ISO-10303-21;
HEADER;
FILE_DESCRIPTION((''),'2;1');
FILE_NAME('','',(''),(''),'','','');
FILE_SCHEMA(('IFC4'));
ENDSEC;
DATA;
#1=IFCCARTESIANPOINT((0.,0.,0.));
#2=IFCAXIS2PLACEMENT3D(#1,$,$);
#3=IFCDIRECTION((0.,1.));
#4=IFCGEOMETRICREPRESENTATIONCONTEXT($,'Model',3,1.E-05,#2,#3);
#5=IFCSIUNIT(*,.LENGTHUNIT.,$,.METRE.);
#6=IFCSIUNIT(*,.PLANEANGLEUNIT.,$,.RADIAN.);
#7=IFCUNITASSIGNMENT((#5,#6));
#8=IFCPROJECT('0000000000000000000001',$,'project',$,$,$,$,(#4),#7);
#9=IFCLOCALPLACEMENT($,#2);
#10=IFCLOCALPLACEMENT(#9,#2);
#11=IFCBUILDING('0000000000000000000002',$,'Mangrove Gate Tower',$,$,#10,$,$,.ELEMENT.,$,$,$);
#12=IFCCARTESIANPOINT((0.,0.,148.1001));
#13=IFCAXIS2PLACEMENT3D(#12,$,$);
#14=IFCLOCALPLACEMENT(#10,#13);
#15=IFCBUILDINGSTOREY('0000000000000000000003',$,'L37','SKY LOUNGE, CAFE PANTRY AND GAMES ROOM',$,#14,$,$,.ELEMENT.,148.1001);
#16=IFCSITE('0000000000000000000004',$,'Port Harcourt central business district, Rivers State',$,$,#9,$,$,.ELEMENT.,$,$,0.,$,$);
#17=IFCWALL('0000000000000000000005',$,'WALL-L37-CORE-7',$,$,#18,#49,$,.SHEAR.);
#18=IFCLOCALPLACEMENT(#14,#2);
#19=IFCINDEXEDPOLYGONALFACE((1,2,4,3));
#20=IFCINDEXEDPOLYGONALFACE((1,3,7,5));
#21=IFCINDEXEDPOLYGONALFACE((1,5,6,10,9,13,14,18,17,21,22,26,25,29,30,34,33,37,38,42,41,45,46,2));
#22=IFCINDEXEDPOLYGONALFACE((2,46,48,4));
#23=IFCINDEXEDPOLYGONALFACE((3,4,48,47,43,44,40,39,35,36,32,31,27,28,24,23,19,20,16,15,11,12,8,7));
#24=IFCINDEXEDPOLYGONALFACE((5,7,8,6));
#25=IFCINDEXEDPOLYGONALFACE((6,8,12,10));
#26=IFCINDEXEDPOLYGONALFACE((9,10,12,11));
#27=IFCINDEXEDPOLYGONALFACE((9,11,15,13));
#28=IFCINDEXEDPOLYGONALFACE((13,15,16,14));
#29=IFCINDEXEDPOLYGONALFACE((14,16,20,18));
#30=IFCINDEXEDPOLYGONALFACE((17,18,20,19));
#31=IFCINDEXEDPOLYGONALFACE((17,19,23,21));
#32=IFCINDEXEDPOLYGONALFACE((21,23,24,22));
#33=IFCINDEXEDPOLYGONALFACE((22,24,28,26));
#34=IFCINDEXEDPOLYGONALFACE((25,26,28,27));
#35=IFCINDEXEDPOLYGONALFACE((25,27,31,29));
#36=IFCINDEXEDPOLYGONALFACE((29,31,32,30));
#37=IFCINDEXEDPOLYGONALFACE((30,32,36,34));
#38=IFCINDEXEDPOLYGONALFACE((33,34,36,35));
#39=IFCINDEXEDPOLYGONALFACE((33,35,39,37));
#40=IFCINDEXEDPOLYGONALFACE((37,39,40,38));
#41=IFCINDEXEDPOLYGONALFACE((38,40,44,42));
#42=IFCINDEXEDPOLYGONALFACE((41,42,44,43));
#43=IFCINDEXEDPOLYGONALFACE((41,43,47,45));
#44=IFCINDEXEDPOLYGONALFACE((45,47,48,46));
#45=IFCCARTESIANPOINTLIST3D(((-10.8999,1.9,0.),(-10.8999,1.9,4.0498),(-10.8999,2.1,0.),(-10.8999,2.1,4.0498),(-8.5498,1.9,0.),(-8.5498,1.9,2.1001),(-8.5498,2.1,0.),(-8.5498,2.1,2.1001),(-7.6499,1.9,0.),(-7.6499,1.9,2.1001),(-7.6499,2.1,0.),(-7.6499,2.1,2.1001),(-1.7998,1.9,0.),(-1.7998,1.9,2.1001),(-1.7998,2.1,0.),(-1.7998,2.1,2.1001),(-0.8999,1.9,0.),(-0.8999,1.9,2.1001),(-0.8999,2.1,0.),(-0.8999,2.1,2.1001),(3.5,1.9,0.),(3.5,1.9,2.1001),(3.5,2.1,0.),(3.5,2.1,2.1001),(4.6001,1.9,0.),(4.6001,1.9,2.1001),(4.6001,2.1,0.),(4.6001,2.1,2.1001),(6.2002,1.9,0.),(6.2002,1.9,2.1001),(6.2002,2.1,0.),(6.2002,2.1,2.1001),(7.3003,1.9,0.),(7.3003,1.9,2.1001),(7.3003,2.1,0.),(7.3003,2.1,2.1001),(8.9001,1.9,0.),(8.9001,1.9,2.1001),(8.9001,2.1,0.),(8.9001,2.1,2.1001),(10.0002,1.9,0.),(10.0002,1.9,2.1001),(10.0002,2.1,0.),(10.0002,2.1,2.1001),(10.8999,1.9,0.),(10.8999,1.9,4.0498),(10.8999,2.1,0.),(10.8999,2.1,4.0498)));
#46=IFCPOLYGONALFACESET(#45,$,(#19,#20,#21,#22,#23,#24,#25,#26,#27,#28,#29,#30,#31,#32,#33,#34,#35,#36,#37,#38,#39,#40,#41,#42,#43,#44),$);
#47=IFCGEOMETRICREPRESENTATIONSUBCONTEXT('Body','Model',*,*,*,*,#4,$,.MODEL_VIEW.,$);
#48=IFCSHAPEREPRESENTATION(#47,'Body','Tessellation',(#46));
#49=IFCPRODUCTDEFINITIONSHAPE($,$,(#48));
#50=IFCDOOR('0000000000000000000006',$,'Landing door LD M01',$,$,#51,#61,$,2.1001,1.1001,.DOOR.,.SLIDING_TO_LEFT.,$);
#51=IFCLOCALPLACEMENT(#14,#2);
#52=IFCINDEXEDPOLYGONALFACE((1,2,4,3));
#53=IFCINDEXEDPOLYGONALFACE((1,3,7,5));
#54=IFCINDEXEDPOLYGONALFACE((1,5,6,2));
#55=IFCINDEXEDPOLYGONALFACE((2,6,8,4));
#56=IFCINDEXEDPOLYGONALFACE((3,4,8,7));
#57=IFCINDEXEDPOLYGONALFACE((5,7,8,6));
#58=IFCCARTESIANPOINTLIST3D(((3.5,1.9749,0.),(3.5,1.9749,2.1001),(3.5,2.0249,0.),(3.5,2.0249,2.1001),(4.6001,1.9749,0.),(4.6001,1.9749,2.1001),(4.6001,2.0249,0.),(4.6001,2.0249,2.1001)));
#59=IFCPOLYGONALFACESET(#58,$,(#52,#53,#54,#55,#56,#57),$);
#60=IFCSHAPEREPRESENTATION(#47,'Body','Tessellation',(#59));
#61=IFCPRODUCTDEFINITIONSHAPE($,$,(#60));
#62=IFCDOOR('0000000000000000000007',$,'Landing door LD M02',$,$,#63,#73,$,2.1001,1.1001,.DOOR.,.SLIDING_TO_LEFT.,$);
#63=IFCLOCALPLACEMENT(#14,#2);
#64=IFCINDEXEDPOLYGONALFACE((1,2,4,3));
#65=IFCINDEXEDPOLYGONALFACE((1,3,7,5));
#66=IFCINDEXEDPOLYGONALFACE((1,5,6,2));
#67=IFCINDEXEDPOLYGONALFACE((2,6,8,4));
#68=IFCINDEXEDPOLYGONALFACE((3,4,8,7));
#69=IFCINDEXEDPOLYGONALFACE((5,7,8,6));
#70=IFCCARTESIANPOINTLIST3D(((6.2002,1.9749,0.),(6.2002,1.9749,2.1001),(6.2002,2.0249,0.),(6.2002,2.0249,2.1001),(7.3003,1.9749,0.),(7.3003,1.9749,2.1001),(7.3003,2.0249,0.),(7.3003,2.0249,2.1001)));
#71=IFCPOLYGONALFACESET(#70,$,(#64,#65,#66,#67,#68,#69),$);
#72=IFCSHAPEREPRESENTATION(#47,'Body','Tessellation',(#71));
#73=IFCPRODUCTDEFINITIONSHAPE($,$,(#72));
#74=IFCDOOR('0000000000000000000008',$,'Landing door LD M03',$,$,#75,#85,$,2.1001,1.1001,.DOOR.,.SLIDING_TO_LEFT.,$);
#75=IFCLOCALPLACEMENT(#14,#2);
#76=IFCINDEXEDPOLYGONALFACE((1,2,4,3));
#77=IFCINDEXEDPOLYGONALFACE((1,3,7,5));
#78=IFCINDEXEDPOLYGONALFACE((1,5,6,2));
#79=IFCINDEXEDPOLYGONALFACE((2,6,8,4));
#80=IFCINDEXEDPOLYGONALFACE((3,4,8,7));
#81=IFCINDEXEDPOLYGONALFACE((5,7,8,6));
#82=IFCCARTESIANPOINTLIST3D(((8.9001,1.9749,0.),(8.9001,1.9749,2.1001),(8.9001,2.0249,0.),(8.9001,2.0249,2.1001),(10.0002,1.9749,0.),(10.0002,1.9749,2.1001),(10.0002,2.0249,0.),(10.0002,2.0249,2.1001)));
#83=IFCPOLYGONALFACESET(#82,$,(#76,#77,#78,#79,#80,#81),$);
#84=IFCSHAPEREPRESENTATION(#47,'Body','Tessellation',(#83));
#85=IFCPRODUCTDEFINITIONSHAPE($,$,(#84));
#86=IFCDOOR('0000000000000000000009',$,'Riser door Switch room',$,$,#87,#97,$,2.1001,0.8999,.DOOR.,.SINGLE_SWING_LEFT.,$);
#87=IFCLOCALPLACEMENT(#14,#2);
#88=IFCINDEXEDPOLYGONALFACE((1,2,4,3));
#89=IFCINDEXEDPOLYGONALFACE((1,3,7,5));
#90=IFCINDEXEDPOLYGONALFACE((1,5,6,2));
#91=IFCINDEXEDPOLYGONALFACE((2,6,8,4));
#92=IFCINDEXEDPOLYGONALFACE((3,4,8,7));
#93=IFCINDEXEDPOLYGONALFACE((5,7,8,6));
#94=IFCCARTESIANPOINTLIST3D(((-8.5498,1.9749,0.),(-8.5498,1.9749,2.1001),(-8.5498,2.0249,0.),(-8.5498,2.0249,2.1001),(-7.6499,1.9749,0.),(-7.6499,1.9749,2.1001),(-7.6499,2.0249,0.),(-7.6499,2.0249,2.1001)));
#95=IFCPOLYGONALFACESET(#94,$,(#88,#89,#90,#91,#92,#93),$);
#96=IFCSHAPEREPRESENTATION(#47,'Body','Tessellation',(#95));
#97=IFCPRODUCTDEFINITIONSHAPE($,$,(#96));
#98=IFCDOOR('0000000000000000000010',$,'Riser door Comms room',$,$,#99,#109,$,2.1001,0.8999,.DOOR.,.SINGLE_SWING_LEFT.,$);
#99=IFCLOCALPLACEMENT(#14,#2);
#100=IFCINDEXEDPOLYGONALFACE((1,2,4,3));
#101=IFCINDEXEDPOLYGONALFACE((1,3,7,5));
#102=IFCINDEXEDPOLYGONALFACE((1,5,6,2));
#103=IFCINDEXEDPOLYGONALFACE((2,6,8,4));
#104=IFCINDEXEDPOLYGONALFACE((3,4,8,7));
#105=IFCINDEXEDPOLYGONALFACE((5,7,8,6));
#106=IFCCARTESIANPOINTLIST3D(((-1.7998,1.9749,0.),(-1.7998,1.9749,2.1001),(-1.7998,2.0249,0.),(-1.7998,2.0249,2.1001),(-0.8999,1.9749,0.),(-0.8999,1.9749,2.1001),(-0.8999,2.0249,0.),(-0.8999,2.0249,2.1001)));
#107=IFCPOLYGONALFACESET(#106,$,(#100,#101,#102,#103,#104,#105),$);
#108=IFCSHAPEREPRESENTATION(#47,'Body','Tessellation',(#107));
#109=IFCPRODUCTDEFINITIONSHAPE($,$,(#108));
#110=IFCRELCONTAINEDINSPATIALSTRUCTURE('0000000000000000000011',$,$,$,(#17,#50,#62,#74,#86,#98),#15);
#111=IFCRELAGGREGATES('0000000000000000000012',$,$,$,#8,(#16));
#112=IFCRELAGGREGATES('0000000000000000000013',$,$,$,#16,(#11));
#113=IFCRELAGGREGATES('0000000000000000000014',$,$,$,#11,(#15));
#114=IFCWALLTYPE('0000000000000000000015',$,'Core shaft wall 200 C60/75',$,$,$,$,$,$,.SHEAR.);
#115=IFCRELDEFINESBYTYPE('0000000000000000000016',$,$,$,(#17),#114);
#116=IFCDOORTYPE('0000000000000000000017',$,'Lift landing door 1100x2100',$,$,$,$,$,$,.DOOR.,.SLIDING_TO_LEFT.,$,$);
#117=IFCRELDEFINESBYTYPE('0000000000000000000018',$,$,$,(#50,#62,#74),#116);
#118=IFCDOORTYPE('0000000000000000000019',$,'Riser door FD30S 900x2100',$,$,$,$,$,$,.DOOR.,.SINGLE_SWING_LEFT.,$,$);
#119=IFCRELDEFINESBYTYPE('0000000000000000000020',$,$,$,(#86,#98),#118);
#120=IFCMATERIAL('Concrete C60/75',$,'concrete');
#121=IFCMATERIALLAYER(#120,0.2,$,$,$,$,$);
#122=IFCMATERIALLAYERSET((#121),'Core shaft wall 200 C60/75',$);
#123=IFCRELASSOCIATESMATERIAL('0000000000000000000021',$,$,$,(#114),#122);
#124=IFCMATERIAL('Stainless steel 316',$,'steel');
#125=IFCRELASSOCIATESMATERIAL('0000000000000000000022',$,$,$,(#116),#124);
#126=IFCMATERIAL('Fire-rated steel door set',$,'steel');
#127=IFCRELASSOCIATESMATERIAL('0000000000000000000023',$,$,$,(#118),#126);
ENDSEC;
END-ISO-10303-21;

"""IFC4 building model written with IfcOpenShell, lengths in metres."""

from ifc_helpers import new_model, si_unit, direction, frame, frame_2d, origin, place, context, subcontext, project, spatial, rectangle, extrude, material, layer, layer_set, type_object, element, fill, save


model = new_model("IFC4")

# Units and contexts
model_context = context("Model", 3, precision=1e-05, world=origin(), true_north=direction((0.0, 1.0)))
body_context = subcontext(model_context, "Body", "Model", "MODEL_VIEW")
ifc_project = project(units=[si_unit("LENGTHUNIT", "METRE"), si_unit("PLANEANGLEUNIT", "RADIAN")], contexts=[model_context])

# Site, building, storey
site_placement = place(None, origin())
site = spatial("IfcSite", under=ifc_project, at=site_placement, Name="Port Harcourt central business district, Rivers State", CompositionType="ELEMENT", RefElevation=0.0)
building_placement = place(site_placement, origin())
building = spatial("IfcBuilding", under=site, at=building_placement, Name="Mangrove Gate Tower", CompositionType="ELEMENT")
storey_placement = place(building_placement, frame((0.0, 0.0, 148.1001)))
storey = spatial("IfcBuildingStorey", under=building, at=storey_placement, Name="L37", Description="SKY LOUNGE, CAFE PANTRY AND GAMES ROOM", CompositionType="ELEMENT", Elevation=148.1001)

# Shared definitions
ifc_material_1 = material(Name="Concrete C60/75", Category="concrete")
ifc_layer_1 = layer(ifc_material_1, 0.2)
ifc_layer_set_1 = layer_set([ifc_layer_1], Name="Core shaft wall 200 C60/75")
wall_type_1 = type_object("IfcWallType", Name="Core shaft wall 200 C60/75", PredefinedType="SHEAR", material=ifc_layer_set_1)

# Wall, openings, doors
wall_1_placement = place(storey_placement, frame((-10.8999, 2.0, 0.0), z_axis=(0.0, 0.0, 1.0), x_axis=(1.0, 0.0, 0.0)))
wall_1 = element("IfcWall", 1, at=wall_1_placement, inside=storey, type_object=wall_type_1, Name="WALL-L37-CORE-7", PredefinedType="SHEAR", context=body_context, shape_type="SweptSolid", body=[
    extrude(rectangle(XDim=21.7998, YDim=0.2, at=frame_2d((10.8999, 0.0))), origin(), (0.0, 0.0, 1.0), 4.0498),
])
opening_1_placement = place(wall_1_placement, frame((14.3999, 0.0, 0.0)))
opening_1 = element("IfcOpeningElement", 2, at=opening_1_placement, cuts=wall_1, PredefinedType="OPENING", context=body_context, shape_type="SweptSolid", body=[
    extrude(rectangle(XDim=1.1001, YDim=2.1001, at=frame_2d((0.55, 1.05))), frame((0.0, 0.1099, 0.0), z_axis=(0.0, -1.0, 0.0), x_axis=(1.0, 0.0, 0.0)), (0.0, 0.0, 1.0), 0.22),
])
opening_2_placement = place(wall_1_placement, frame((17.1001, 0.0, 0.0)))
opening_2 = element("IfcOpeningElement", 3, at=opening_2_placement, cuts=wall_1, PredefinedType="OPENING", context=body_context, shape_type="SweptSolid", body=[
    extrude(rectangle(XDim=1.1001, YDim=2.1001, at=frame_2d((0.55, 1.05))), frame((0.0, 0.1099, 0.0), z_axis=(0.0, -1.0, 0.0), x_axis=(1.0, 0.0, 0.0)), (0.0, 0.0, 1.0), 0.22),
])
opening_3_placement = place(wall_1_placement, frame((19.8, 0.0, 0.0)))
opening_3 = element("IfcOpeningElement", 4, at=opening_3_placement, cuts=wall_1, PredefinedType="OPENING", context=body_context, shape_type="SweptSolid", body=[
    extrude(rectangle(XDim=1.1001, YDim=2.1001, at=frame_2d((0.55, 1.05))), frame((0.0, 0.1099, 0.0), z_axis=(0.0, -1.0, 0.0), x_axis=(1.0, 0.0, 0.0)), (0.0, 0.0, 1.0), 0.22),
])
opening_4_placement = place(wall_1_placement, frame((2.3501, 0.0, 0.0)))
opening_4 = element("IfcOpeningElement", 5, at=opening_4_placement, cuts=wall_1, PredefinedType="OPENING", context=body_context, shape_type="SweptSolid", body=[
    extrude(rectangle(XDim=0.8999, YDim=2.1001, at=frame_2d((0.45, 1.05))), frame((0.0, 0.1099, 0.0), z_axis=(0.0, -1.0, 0.0), x_axis=(1.0, 0.0, 0.0)), (0.0, 0.0, 1.0), 0.22),
])
opening_5_placement = place(wall_1_placement, frame((9.1001, 0.0, 0.0)))
opening_5 = element("IfcOpeningElement", 6, at=opening_5_placement, cuts=wall_1, PredefinedType="OPENING", context=body_context, shape_type="SweptSolid", body=[
    extrude(rectangle(XDim=0.8999, YDim=2.1001, at=frame_2d((0.45, 1.05))), frame((0.0, 0.1099, 0.0), z_axis=(0.0, -1.0, 0.0), x_axis=(1.0, 0.0, 0.0)), (0.0, 0.0, 1.0), 0.22),
])
ifc_material_2 = material(Name="Stainless steel 316", Category="steel")
door_type_1 = type_object("IfcDoorType", Name="Lift landing door 1100x2100", OperationType="SLIDING_TO_LEFT", PredefinedType="DOOR", material=ifc_material_2)
door_1_placement = place(opening_1_placement, origin())
door_1 = element("IfcDoor", 7, at=door_1_placement, inside=storey, type_object=door_type_1, Name="Landing door LD M01", OperationType="SLIDING_TO_LEFT", OverallHeight=2.1001, OverallWidth=1.1001, PredefinedType="DOOR", context=body_context, shape_type="SweptSolid", body=[
    extrude(rectangle(XDim=1.1001, YDim=2.1001, at=frame_2d((0.55, 1.05))), frame((0.0, 0.0249, 0.0), z_axis=(0.0, -1.0, 0.0), x_axis=(1.0, 0.0, 0.0)), (0.0, 0.0, 1.0), 0.05),
])
fill(opening_1, door_1)
door_2_placement = place(opening_2_placement, origin())
door_2 = element("IfcDoor", 8, at=door_2_placement, inside=storey, type_object=door_type_1, Name="Landing door LD M02", OperationType="SLIDING_TO_LEFT", OverallHeight=2.1001, OverallWidth=1.1001, PredefinedType="DOOR", context=body_context, shape_type="SweptSolid", body=[
    extrude(rectangle(XDim=1.1001, YDim=2.1001, at=frame_2d((0.55, 1.05))), frame((0.0, 0.0249, 0.0), z_axis=(0.0, -1.0, 0.0), x_axis=(1.0, 0.0, 0.0)), (0.0, 0.0, 1.0), 0.05),
])
fill(opening_2, door_2)
door_3_placement = place(opening_3_placement, origin())
door_3 = element("IfcDoor", 9, at=door_3_placement, inside=storey, type_object=door_type_1, Name="Landing door LD M03", OperationType="SLIDING_TO_LEFT", OverallHeight=2.1001, OverallWidth=1.1001, PredefinedType="DOOR", context=body_context, shape_type="SweptSolid", body=[
    extrude(rectangle(XDim=1.1001, YDim=2.1001, at=frame_2d((0.55, 1.05))), frame((0.0, 0.0249, 0.0), z_axis=(0.0, -1.0, 0.0), x_axis=(1.0, 0.0, 0.0)), (0.0, 0.0, 1.0), 0.05),
])
fill(opening_3, door_3)
ifc_material_3 = material(Name="Fire-rated steel door set", Category="steel")
door_type_2 = type_object("IfcDoorType", Name="Riser door FD30S 900x2100", OperationType="SINGLE_SWING_LEFT", PredefinedType="DOOR", material=ifc_material_3)
door_4_placement = place(opening_4_placement, origin())
door_4 = element("IfcDoor", 10, at=door_4_placement, inside=storey, type_object=door_type_2, Name="Riser door Switch room", OperationType="SINGLE_SWING_LEFT", OverallHeight=2.1001, OverallWidth=0.8999, PredefinedType="DOOR", context=body_context, shape_type="SweptSolid", body=[
    extrude(rectangle(XDim=0.8999, YDim=2.1001, at=frame_2d((0.45, 1.05))), frame((0.0, 0.0249, 0.0), z_axis=(0.0, -1.0, 0.0), x_axis=(1.0, 0.0, 0.0)), (0.0, 0.0, 1.0), 0.05),
])
fill(opening_4, door_4)
door_5_placement = place(opening_5_placement, origin())
door_5 = element("IfcDoor", 11, at=door_5_placement, inside=storey, type_object=door_type_2, Name="Riser door Comms room", OperationType="SINGLE_SWING_LEFT", OverallHeight=2.1001, OverallWidth=0.8999, PredefinedType="DOOR", context=body_context, shape_type="SweptSolid", body=[
    extrude(rectangle(XDim=0.8999, YDim=2.1001, at=frame_2d((0.45, 1.05))), frame((0.0, 0.0249, 0.0), z_axis=(0.0, -1.0, 0.0), x_axis=(1.0, 0.0, 0.0)), (0.0, 0.0, 1.0), 0.05),
])
fill(opening_5, door_5)

save(model, "model.ifc")
